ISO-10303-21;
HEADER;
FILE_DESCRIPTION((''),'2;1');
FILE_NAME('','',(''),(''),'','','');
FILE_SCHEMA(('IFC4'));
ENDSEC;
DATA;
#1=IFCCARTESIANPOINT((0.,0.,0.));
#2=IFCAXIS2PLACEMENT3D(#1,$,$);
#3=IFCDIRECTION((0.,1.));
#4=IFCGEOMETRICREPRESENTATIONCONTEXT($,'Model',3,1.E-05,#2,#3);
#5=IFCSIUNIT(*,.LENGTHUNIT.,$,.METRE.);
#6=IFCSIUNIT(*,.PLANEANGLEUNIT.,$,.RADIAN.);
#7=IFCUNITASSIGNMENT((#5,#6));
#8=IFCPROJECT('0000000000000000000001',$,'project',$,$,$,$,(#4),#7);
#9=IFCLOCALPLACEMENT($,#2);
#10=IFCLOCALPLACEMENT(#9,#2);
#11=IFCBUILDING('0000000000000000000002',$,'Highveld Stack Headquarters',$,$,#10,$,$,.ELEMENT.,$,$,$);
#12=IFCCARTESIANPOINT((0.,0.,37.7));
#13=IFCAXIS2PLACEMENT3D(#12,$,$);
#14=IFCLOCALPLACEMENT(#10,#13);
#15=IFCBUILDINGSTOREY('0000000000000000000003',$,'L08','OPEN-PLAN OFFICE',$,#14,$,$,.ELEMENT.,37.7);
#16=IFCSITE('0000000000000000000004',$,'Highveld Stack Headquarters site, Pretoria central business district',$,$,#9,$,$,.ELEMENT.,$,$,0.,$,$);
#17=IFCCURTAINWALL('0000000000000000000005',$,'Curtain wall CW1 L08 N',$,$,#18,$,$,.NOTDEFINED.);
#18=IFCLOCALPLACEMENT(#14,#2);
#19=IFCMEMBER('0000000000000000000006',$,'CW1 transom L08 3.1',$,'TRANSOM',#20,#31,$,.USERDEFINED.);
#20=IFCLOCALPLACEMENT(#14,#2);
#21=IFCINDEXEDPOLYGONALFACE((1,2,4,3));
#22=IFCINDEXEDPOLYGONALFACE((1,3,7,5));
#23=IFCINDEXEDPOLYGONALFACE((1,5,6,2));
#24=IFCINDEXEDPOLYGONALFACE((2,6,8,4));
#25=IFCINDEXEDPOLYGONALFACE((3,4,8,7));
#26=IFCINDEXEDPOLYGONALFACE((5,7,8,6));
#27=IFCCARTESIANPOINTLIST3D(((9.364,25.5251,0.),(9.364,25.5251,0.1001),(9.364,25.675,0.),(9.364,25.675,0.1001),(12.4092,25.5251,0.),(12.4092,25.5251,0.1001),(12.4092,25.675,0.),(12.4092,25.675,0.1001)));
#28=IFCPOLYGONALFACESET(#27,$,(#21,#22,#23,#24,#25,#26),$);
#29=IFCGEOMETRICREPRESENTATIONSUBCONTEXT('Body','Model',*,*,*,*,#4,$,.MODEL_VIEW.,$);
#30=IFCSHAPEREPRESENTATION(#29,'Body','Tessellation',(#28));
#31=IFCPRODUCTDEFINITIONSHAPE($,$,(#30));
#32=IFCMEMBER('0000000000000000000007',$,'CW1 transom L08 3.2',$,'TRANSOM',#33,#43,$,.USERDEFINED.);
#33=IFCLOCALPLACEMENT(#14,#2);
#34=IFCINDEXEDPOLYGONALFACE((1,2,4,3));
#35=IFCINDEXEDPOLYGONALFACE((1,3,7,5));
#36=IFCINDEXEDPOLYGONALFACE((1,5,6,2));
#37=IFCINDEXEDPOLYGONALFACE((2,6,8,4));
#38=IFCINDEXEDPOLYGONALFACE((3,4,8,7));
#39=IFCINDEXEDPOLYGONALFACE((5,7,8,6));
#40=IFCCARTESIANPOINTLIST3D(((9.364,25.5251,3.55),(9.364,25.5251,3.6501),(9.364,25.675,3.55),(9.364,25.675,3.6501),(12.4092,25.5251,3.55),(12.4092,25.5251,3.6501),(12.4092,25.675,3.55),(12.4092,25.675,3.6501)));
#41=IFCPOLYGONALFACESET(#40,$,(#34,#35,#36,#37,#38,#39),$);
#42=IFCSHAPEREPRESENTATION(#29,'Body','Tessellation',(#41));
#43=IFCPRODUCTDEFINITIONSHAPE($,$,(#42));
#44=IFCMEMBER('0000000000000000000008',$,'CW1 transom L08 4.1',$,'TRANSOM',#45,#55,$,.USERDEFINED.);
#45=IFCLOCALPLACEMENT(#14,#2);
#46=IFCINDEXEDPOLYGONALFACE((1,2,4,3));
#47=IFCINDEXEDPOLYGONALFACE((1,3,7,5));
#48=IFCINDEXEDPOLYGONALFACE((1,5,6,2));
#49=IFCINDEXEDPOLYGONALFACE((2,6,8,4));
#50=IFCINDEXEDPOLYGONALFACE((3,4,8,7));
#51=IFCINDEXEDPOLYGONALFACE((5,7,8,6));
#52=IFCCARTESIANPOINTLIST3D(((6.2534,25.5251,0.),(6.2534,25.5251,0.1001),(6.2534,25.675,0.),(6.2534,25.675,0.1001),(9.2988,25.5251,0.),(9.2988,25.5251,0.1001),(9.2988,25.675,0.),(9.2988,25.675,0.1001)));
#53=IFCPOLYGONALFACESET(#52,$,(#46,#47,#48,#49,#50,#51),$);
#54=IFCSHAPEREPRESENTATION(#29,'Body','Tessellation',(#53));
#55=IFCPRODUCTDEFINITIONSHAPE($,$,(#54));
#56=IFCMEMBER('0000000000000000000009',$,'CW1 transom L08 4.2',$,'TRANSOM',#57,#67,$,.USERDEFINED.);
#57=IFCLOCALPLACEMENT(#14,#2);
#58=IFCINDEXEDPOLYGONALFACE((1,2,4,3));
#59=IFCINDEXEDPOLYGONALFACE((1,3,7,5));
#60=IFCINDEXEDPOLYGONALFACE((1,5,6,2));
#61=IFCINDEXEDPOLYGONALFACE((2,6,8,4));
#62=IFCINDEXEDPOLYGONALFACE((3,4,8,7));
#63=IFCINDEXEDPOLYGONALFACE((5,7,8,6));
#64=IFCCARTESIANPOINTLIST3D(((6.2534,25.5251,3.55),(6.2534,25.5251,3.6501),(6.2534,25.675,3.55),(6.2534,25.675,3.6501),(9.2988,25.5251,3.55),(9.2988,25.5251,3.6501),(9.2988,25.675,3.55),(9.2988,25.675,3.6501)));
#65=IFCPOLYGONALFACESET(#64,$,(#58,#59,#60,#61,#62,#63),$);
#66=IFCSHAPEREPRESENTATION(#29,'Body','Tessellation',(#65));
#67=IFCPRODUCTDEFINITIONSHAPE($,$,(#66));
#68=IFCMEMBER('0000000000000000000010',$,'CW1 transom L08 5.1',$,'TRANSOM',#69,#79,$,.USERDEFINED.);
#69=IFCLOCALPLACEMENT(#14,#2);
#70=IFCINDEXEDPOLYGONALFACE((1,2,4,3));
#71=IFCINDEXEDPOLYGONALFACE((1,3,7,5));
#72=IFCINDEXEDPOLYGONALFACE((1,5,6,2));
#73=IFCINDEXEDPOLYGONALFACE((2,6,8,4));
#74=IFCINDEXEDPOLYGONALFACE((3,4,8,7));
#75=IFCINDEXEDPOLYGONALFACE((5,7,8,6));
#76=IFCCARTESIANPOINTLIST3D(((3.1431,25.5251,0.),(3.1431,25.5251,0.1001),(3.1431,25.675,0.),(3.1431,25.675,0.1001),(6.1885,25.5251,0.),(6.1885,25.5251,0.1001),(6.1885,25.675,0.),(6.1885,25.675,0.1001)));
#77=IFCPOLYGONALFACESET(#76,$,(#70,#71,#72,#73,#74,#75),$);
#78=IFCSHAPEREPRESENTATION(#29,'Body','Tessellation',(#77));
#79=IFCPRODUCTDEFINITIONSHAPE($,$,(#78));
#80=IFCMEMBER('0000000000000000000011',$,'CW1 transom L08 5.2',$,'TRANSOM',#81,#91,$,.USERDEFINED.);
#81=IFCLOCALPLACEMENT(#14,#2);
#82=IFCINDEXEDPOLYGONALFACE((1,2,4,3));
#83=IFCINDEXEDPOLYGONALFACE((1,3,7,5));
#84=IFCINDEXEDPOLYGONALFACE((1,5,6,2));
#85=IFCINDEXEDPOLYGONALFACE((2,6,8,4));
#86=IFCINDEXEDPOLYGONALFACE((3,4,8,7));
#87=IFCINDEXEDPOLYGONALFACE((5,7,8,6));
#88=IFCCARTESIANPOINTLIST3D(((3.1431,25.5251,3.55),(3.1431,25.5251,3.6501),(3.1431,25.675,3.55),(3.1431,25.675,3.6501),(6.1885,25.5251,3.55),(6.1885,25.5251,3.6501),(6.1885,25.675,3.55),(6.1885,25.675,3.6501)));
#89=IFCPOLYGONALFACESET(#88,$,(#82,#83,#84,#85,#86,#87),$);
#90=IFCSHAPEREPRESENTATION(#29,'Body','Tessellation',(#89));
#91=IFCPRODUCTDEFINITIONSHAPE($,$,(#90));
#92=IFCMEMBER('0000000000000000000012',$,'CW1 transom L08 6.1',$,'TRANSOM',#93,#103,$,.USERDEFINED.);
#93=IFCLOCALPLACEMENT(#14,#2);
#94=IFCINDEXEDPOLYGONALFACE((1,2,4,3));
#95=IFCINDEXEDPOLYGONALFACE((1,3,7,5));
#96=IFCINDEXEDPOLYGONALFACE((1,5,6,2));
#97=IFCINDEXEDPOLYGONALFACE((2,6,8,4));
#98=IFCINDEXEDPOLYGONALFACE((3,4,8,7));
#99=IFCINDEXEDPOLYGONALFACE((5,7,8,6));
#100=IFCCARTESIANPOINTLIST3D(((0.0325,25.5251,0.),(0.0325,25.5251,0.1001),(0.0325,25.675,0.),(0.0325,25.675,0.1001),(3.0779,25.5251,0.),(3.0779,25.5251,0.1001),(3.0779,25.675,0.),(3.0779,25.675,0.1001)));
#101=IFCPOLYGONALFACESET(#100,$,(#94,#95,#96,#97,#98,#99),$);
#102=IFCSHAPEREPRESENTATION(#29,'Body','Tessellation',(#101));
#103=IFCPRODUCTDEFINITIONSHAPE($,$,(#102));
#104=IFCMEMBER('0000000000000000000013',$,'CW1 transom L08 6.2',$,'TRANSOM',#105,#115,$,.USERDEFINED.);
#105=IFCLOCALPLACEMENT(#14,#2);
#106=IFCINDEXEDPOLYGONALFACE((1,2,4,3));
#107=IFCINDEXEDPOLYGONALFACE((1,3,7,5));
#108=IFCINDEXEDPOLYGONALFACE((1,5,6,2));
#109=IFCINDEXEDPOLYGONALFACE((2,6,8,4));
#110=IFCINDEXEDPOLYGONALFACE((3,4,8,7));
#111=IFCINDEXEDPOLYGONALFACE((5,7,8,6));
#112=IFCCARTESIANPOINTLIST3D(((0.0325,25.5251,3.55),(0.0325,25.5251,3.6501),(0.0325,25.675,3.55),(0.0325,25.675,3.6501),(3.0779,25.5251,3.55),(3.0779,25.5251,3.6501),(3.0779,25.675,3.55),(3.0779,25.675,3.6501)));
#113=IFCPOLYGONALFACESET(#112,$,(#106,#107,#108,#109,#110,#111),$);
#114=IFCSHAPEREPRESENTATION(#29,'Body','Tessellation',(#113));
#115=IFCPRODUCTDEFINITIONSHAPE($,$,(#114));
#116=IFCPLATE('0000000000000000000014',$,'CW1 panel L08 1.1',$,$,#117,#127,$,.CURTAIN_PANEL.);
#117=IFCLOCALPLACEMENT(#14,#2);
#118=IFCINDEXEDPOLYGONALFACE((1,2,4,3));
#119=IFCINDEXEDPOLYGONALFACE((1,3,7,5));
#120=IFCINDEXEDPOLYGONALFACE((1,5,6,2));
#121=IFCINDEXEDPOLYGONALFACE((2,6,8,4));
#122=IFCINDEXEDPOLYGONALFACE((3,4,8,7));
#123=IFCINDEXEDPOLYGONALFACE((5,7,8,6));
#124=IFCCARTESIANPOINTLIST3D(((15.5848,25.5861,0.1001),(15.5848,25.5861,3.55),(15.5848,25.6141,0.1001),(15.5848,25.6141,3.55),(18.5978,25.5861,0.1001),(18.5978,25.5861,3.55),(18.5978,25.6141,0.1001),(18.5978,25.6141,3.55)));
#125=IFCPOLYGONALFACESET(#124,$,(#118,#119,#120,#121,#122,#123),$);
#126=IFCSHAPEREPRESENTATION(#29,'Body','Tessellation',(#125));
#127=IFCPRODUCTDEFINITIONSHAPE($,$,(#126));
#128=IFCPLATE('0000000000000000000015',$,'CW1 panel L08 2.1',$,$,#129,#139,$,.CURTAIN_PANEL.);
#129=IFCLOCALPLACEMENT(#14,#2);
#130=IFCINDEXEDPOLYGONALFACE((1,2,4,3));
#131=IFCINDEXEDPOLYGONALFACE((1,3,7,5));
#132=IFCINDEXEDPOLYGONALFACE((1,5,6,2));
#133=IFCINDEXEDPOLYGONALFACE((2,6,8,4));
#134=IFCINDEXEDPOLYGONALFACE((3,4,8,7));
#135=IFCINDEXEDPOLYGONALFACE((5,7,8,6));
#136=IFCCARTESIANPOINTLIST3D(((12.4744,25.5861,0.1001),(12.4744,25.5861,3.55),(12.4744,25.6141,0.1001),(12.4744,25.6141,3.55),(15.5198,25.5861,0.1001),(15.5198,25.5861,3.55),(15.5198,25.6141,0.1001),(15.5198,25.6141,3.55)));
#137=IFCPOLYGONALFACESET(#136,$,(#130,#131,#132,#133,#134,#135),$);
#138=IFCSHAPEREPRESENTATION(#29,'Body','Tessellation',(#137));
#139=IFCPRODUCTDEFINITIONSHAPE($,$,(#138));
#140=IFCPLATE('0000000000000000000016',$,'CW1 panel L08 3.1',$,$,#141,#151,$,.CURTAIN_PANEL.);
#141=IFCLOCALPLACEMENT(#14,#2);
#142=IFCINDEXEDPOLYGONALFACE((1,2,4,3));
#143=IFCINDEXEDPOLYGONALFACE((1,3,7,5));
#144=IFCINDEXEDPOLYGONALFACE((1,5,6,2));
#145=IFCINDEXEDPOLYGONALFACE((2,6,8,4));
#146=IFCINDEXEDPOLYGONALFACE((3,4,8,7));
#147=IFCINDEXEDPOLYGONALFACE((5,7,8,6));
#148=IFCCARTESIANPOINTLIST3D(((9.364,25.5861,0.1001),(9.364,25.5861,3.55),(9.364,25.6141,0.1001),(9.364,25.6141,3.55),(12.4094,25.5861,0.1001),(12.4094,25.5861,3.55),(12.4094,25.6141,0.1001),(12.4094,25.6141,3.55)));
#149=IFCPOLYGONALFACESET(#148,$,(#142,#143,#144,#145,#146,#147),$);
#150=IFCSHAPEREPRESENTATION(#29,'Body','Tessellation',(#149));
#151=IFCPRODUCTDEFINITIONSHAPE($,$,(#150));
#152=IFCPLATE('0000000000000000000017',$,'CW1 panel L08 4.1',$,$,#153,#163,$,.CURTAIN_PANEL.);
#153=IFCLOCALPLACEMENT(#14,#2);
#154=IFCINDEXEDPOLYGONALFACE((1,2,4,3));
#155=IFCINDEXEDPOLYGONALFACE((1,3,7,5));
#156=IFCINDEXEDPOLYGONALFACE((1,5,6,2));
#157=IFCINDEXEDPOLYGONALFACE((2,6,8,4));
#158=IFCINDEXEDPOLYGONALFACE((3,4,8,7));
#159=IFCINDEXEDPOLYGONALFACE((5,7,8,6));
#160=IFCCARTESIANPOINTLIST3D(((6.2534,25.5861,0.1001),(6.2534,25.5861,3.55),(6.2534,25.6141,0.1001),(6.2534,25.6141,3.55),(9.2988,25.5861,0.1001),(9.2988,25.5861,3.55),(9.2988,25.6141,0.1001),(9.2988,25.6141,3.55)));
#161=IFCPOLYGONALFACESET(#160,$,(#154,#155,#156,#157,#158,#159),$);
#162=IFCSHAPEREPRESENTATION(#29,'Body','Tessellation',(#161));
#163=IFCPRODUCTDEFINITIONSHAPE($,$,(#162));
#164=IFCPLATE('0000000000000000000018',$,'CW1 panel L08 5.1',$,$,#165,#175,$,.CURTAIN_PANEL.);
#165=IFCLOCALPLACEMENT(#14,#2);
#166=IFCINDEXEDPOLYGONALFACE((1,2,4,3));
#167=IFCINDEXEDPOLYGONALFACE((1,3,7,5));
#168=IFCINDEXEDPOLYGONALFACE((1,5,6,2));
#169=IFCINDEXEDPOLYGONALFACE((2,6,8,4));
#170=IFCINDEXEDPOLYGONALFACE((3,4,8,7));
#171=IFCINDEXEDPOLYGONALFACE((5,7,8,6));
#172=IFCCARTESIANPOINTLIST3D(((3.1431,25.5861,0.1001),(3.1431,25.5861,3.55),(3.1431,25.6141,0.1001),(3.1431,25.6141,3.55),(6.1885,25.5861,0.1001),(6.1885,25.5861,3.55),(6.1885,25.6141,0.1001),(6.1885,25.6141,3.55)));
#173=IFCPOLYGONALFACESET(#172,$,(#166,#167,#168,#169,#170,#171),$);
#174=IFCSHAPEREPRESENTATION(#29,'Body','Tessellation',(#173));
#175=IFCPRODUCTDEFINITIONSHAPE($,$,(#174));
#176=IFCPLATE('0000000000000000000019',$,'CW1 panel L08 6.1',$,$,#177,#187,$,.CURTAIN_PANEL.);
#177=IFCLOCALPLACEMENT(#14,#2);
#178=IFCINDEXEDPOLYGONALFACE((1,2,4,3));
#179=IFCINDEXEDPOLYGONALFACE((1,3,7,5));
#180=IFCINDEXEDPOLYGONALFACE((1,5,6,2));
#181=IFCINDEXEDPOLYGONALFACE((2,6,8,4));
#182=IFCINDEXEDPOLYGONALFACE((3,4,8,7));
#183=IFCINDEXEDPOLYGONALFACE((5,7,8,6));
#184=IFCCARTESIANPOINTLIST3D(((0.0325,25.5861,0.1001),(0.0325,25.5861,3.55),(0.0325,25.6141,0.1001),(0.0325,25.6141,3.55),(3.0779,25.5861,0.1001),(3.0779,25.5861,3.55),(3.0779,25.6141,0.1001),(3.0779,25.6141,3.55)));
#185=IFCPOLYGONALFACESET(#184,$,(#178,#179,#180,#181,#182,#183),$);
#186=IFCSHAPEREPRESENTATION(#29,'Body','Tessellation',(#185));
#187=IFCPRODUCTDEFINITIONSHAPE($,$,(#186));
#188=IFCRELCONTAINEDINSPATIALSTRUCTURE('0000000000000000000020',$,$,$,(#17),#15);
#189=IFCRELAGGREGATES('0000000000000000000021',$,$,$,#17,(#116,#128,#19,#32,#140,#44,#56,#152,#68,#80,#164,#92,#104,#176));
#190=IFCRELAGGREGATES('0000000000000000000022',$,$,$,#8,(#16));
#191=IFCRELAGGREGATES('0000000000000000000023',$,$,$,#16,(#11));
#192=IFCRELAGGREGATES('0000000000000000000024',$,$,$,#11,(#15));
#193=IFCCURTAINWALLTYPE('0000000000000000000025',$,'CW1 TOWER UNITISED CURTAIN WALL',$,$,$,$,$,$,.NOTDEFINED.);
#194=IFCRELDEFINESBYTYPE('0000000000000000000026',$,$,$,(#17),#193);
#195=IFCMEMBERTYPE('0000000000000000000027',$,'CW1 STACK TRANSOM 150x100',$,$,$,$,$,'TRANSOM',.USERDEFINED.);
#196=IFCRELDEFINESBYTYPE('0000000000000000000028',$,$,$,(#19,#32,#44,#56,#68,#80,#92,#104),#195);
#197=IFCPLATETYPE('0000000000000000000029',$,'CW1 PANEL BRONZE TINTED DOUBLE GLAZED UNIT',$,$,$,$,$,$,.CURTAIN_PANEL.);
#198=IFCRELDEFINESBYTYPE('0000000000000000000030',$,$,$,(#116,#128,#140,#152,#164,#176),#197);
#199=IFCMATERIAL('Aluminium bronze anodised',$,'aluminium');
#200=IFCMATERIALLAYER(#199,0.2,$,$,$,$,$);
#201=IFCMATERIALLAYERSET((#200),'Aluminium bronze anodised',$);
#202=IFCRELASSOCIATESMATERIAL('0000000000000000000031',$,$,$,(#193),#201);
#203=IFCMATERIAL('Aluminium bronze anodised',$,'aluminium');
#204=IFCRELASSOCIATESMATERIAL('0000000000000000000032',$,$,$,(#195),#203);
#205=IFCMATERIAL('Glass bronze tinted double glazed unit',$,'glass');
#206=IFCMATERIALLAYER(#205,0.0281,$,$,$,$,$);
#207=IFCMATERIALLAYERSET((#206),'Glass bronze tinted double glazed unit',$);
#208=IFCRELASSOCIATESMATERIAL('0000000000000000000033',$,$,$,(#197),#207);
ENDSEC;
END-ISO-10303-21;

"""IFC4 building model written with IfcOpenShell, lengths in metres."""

from ifc_helpers import new_model, si_unit, direction, frame, origin, origin_2d, place, context, subcontext, project, spatial, rectangle, extrude, material, layer, layer_set, material_profile, profile_set, type_object, element, aggregate, save


model = new_model("IFC4")

# Units and contexts
model_context = context("Model", 3, precision=1e-05, world=origin(), true_north=direction((0.0, 1.0)))
body_context = subcontext(model_context, "Body", "Model", "MODEL_VIEW")
ifc_project = project(units=[si_unit("LENGTHUNIT", "METRE"), si_unit("PLANEANGLEUNIT", "RADIAN")], contexts=[model_context])

# Site, building, storey
site_placement = place(None, origin())
site = spatial("IfcSite", under=ifc_project, at=site_placement, Name="Highveld Stack Headquarters site, Pretoria central business district", CompositionType="ELEMENT", RefElevation=0.0)
building_placement = place(site_placement, origin())
building = spatial("IfcBuilding", under=site, at=building_placement, Name="Highveld Stack Headquarters", CompositionType="ELEMENT")
storey_placement = place(building_placement, frame((0.0, 0.0, 37.7)))
storey = spatial("IfcBuildingStorey", under=building, at=storey_placement, Name="L08", Description="OPEN-PLAN OFFICE", CompositionType="ELEMENT", Elevation=37.7)

# Curtain wall, members, plates
ifc_material_1 = material(Name="Aluminium bronze anodised", Category="aluminium")
ifc_layer_1 = layer(ifc_material_1, 0.2)
ifc_layer_set_1 = layer_set([ifc_layer_1], Name="Aluminium bronze anodised")
curtain_wall_type = type_object("IfcCurtainWallType", Name="CW1 TOWER UNITISED CURTAIN WALL", PredefinedType="NOTDEFINED", material=ifc_layer_set_1)
curtain_wall_placement = place(storey_placement, origin())
curtain_wall = element("IfcCurtainWall", 1, at=curtain_wall_placement, inside=storey, type_object=curtain_wall_type, Name="Curtain wall CW1 L08 N", PredefinedType="NOTDEFINED")
ifc_material_2 = material(Name="Aluminium bronze anodised", Category="aluminium")
ifc_material_profile_1 = material_profile(ifc_material_2, rectangle(XDim=0.1499, YDim=0.1001, at=origin_2d()), Name="CW1 TRANSOM 150x100")
ifc_profile_set_1 = profile_set([ifc_material_profile_1], Name="Aluminium bronze anodised")
member_type_1 = type_object("IfcMemberType", Name="CW1 STACK TRANSOM 150x100", ElementType="TRANSOM", PredefinedType="USERDEFINED", material=ifc_profile_set_1)
member_1_placement = place(storey_placement, frame((12.4092, 25.6001, 0.05), z_axis=(-1.0, 0.0, 0.0), x_axis=(0.0, -1.0, 0.0)))
member_1 = element("IfcMember", 2, at=member_1_placement, type_object=member_type_1, Name="CW1 transom L08 3.1", ObjectType="TRANSOM", PredefinedType="USERDEFINED", context=body_context, shape_type="SweptSolid", body=[
    extrude(rectangle(XDim=0.1499, YDim=0.1001, at=origin_2d()), origin(), (0.0, 0.0, 1.0), 3.0452),
])
member_2_placement = place(storey_placement, frame((12.4092, 25.6001, 3.6001), z_axis=(-1.0, 0.0, 0.0), x_axis=(0.0, -1.0, 0.0)))
member_2 = element("IfcMember", 3, at=member_2_placement, type_object=member_type_1, Name="CW1 transom L08 3.2", ObjectType="TRANSOM", PredefinedType="USERDEFINED", context=body_context, shape_type="SweptSolid", body=[
    extrude(rectangle(XDim=0.1499, YDim=0.1001, at=origin_2d()), origin(), (0.0, 0.0, 1.0), 3.0452),
])
member_3_placement = place(storey_placement, frame((9.2988, 25.6001, 0.05), z_axis=(-1.0, 0.0, 0.0), x_axis=(0.0, -1.0, 0.0)))
member_3 = element("IfcMember", 4, at=member_3_placement, type_object=member_type_1, Name="CW1 transom L08 4.1", ObjectType="TRANSOM", PredefinedType="USERDEFINED", context=body_context, shape_type="SweptSolid", body=[
    extrude(rectangle(XDim=0.1499, YDim=0.1001, at=origin_2d()), origin(), (0.0, 0.0, 1.0), 3.0454),
])
member_4_placement = place(storey_placement, frame((9.2988, 25.6001, 3.6001), z_axis=(-1.0, 0.0, 0.0), x_axis=(0.0, -1.0, 0.0)))
member_4 = element("IfcMember", 5, at=member_4_placement, type_object=member_type_1, Name="CW1 transom L08 4.2", ObjectType="TRANSOM", PredefinedType="USERDEFINED", context=body_context, shape_type="SweptSolid", body=[
    extrude(rectangle(XDim=0.1499, YDim=0.1001, at=origin_2d()), origin(), (0.0, 0.0, 1.0), 3.0454),
])
member_5_placement = place(storey_placement, frame((6.1885, 25.6001, 0.05), z_axis=(-1.0, 0.0, 0.0), x_axis=(0.0, -1.0, 0.0)))
member_5 = element("IfcMember", 6, at=member_5_placement, type_object=member_type_1, Name="CW1 transom L08 5.1", ObjectType="TRANSOM", PredefinedType="USERDEFINED", context=body_context, shape_type="SweptSolid", body=[
    extrude(rectangle(XDim=0.1499, YDim=0.1001, at=origin_2d()), origin(), (0.0, 0.0, 1.0), 3.0454),
])
member_6_placement = place(storey_placement, frame((6.1885, 25.6001, 3.6001), z_axis=(-1.0, 0.0, 0.0), x_axis=(0.0, -1.0, 0.0)))
member_6 = element("IfcMember", 7, at=member_6_placement, type_object=member_type_1, Name="CW1 transom L08 5.2", ObjectType="TRANSOM", PredefinedType="USERDEFINED", context=body_context, shape_type="SweptSolid", body=[
    extrude(rectangle(XDim=0.1499, YDim=0.1001, at=origin_2d()), origin(), (0.0, 0.0, 1.0), 3.0454),
])
member_7_placement = place(storey_placement, frame((3.0779, 25.6001, 0.05), z_axis=(-1.0, 0.0, 0.0), x_axis=(0.0, -1.0, 0.0)))
member_7 = element("IfcMember", 8, at=member_7_placement, type_object=member_type_1, Name="CW1 transom L08 6.1", ObjectType="TRANSOM", PredefinedType="USERDEFINED", context=body_context, shape_type="SweptSolid", body=[
    extrude(rectangle(XDim=0.1499, YDim=0.1001, at=origin_2d()), origin(), (0.0, 0.0, 1.0), 3.0454),
])
member_8_placement = place(storey_placement, frame((3.0779, 25.6001, 3.6001), z_axis=(-1.0, 0.0, 0.0), x_axis=(0.0, -1.0, 0.0)))
member_8 = element("IfcMember", 9, at=member_8_placement, type_object=member_type_1, Name="CW1 transom L08 6.2", ObjectType="TRANSOM", PredefinedType="USERDEFINED", context=body_context, shape_type="SweptSolid", body=[
    extrude(rectangle(XDim=0.1499, YDim=0.1001, at=origin_2d()), origin(), (0.0, 0.0, 1.0), 3.0454),
])
ifc_material_3 = material(Name="Glass bronze tinted double glazed unit", Category="glass")
ifc_layer_2 = layer(ifc_material_3, 0.0281)
ifc_layer_set_2 = layer_set([ifc_layer_2], Name="Glass bronze tinted double glazed unit")
plate_type = type_object("IfcPlateType", Name="CW1 PANEL BRONZE TINTED DOUBLE GLAZED UNIT", PredefinedType="CURTAIN_PANEL", material=ifc_layer_set_2)
plate_1_placement = place(storey_placement, frame((17.0913, 25.6001, 0.1001), z_axis=(0.0, 0.0, 1.0), x_axis=(-1.0, 0.0, 0.0)))
plate_1 = element("IfcPlate", 10, at=plate_1_placement, type_object=plate_type, Name="CW1 panel L08 1.1", PredefinedType="CURTAIN_PANEL", context=body_context, shape_type="SweptSolid", body=[
    extrude(rectangle(XDim=3.0129, YDim=0.0281, at=origin_2d()), origin(), (0.0, 0.0, 1.0), 3.45),
])
plate_2_placement = place(storey_placement, frame((13.9971, 25.6001, 0.1001), z_axis=(0.0, 0.0, 1.0), x_axis=(-1.0, 0.0, 0.0)))
plate_2 = element("IfcPlate", 11, at=plate_2_placement, type_object=plate_type, Name="CW1 panel L08 2.1", PredefinedType="CURTAIN_PANEL", context=body_context, shape_type="SweptSolid", body=[
    extrude(rectangle(XDim=3.0454, YDim=0.0281, at=origin_2d()), origin(), (0.0, 0.0, 1.0), 3.45),
])
plate_3_placement = place(storey_placement, frame((10.8867, 25.6001, 0.1001), z_axis=(0.0, 0.0, 1.0), x_axis=(-1.0, 0.0, 0.0)))
plate_3 = element("IfcPlate", 12, at=plate_3_placement, type_object=plate_type, Name="CW1 panel L08 3.1", PredefinedType="CURTAIN_PANEL", context=body_context, shape_type="SweptSolid", body=[
    extrude(rectangle(XDim=3.0454, YDim=0.0281, at=origin_2d()), origin(), (0.0, 0.0, 1.0), 3.45),
])
plate_4_placement = place(storey_placement, frame((7.7761, 25.6001, 0.1001), z_axis=(0.0, 0.0, 1.0), x_axis=(-1.0, 0.0, 0.0)))
plate_4 = element("IfcPlate", 13, at=plate_4_placement, type_object=plate_type, Name="CW1 panel L08 4.1", PredefinedType="CURTAIN_PANEL", context=body_context, shape_type="SweptSolid", body=[
    extrude(rectangle(XDim=3.0454, YDim=0.0281, at=origin_2d()), origin(), (0.0, 0.0, 1.0), 3.45),
])
plate_5_placement = place(storey_placement, frame((4.6658, 25.6001, 0.1001), z_axis=(0.0, 0.0, 1.0), x_axis=(-1.0, 0.0, 0.0)))
plate_5 = element("IfcPlate", 14, at=plate_5_placement, type_object=plate_type, Name="CW1 panel L08 5.1", PredefinedType="CURTAIN_PANEL", context=body_context, shape_type="SweptSolid", body=[
    extrude(rectangle(XDim=3.0454, YDim=0.0281, at=origin_2d()), origin(), (0.0, 0.0, 1.0), 3.45),
])
plate_6_placement = place(storey_placement, frame((1.5552, 25.6001, 0.1001), z_axis=(0.0, 0.0, 1.0), x_axis=(-1.0, 0.0, 0.0)))
plate_6 = element("IfcPlate", 15, at=plate_6_placement, type_object=plate_type, Name="CW1 panel L08 6.1", PredefinedType="CURTAIN_PANEL", context=body_context, shape_type="SweptSolid", body=[
    extrude(rectangle(XDim=3.0454, YDim=0.0281, at=origin_2d()), origin(), (0.0, 0.0, 1.0), 3.45),
])
aggregate(curtain_wall, [plate_1, plate_2, member_1, member_2, plate_3, member_3, member_4, plate_4, member_5, member_6, plate_5, member_7, member_8, plate_6])

save(model, "model.ifc")
